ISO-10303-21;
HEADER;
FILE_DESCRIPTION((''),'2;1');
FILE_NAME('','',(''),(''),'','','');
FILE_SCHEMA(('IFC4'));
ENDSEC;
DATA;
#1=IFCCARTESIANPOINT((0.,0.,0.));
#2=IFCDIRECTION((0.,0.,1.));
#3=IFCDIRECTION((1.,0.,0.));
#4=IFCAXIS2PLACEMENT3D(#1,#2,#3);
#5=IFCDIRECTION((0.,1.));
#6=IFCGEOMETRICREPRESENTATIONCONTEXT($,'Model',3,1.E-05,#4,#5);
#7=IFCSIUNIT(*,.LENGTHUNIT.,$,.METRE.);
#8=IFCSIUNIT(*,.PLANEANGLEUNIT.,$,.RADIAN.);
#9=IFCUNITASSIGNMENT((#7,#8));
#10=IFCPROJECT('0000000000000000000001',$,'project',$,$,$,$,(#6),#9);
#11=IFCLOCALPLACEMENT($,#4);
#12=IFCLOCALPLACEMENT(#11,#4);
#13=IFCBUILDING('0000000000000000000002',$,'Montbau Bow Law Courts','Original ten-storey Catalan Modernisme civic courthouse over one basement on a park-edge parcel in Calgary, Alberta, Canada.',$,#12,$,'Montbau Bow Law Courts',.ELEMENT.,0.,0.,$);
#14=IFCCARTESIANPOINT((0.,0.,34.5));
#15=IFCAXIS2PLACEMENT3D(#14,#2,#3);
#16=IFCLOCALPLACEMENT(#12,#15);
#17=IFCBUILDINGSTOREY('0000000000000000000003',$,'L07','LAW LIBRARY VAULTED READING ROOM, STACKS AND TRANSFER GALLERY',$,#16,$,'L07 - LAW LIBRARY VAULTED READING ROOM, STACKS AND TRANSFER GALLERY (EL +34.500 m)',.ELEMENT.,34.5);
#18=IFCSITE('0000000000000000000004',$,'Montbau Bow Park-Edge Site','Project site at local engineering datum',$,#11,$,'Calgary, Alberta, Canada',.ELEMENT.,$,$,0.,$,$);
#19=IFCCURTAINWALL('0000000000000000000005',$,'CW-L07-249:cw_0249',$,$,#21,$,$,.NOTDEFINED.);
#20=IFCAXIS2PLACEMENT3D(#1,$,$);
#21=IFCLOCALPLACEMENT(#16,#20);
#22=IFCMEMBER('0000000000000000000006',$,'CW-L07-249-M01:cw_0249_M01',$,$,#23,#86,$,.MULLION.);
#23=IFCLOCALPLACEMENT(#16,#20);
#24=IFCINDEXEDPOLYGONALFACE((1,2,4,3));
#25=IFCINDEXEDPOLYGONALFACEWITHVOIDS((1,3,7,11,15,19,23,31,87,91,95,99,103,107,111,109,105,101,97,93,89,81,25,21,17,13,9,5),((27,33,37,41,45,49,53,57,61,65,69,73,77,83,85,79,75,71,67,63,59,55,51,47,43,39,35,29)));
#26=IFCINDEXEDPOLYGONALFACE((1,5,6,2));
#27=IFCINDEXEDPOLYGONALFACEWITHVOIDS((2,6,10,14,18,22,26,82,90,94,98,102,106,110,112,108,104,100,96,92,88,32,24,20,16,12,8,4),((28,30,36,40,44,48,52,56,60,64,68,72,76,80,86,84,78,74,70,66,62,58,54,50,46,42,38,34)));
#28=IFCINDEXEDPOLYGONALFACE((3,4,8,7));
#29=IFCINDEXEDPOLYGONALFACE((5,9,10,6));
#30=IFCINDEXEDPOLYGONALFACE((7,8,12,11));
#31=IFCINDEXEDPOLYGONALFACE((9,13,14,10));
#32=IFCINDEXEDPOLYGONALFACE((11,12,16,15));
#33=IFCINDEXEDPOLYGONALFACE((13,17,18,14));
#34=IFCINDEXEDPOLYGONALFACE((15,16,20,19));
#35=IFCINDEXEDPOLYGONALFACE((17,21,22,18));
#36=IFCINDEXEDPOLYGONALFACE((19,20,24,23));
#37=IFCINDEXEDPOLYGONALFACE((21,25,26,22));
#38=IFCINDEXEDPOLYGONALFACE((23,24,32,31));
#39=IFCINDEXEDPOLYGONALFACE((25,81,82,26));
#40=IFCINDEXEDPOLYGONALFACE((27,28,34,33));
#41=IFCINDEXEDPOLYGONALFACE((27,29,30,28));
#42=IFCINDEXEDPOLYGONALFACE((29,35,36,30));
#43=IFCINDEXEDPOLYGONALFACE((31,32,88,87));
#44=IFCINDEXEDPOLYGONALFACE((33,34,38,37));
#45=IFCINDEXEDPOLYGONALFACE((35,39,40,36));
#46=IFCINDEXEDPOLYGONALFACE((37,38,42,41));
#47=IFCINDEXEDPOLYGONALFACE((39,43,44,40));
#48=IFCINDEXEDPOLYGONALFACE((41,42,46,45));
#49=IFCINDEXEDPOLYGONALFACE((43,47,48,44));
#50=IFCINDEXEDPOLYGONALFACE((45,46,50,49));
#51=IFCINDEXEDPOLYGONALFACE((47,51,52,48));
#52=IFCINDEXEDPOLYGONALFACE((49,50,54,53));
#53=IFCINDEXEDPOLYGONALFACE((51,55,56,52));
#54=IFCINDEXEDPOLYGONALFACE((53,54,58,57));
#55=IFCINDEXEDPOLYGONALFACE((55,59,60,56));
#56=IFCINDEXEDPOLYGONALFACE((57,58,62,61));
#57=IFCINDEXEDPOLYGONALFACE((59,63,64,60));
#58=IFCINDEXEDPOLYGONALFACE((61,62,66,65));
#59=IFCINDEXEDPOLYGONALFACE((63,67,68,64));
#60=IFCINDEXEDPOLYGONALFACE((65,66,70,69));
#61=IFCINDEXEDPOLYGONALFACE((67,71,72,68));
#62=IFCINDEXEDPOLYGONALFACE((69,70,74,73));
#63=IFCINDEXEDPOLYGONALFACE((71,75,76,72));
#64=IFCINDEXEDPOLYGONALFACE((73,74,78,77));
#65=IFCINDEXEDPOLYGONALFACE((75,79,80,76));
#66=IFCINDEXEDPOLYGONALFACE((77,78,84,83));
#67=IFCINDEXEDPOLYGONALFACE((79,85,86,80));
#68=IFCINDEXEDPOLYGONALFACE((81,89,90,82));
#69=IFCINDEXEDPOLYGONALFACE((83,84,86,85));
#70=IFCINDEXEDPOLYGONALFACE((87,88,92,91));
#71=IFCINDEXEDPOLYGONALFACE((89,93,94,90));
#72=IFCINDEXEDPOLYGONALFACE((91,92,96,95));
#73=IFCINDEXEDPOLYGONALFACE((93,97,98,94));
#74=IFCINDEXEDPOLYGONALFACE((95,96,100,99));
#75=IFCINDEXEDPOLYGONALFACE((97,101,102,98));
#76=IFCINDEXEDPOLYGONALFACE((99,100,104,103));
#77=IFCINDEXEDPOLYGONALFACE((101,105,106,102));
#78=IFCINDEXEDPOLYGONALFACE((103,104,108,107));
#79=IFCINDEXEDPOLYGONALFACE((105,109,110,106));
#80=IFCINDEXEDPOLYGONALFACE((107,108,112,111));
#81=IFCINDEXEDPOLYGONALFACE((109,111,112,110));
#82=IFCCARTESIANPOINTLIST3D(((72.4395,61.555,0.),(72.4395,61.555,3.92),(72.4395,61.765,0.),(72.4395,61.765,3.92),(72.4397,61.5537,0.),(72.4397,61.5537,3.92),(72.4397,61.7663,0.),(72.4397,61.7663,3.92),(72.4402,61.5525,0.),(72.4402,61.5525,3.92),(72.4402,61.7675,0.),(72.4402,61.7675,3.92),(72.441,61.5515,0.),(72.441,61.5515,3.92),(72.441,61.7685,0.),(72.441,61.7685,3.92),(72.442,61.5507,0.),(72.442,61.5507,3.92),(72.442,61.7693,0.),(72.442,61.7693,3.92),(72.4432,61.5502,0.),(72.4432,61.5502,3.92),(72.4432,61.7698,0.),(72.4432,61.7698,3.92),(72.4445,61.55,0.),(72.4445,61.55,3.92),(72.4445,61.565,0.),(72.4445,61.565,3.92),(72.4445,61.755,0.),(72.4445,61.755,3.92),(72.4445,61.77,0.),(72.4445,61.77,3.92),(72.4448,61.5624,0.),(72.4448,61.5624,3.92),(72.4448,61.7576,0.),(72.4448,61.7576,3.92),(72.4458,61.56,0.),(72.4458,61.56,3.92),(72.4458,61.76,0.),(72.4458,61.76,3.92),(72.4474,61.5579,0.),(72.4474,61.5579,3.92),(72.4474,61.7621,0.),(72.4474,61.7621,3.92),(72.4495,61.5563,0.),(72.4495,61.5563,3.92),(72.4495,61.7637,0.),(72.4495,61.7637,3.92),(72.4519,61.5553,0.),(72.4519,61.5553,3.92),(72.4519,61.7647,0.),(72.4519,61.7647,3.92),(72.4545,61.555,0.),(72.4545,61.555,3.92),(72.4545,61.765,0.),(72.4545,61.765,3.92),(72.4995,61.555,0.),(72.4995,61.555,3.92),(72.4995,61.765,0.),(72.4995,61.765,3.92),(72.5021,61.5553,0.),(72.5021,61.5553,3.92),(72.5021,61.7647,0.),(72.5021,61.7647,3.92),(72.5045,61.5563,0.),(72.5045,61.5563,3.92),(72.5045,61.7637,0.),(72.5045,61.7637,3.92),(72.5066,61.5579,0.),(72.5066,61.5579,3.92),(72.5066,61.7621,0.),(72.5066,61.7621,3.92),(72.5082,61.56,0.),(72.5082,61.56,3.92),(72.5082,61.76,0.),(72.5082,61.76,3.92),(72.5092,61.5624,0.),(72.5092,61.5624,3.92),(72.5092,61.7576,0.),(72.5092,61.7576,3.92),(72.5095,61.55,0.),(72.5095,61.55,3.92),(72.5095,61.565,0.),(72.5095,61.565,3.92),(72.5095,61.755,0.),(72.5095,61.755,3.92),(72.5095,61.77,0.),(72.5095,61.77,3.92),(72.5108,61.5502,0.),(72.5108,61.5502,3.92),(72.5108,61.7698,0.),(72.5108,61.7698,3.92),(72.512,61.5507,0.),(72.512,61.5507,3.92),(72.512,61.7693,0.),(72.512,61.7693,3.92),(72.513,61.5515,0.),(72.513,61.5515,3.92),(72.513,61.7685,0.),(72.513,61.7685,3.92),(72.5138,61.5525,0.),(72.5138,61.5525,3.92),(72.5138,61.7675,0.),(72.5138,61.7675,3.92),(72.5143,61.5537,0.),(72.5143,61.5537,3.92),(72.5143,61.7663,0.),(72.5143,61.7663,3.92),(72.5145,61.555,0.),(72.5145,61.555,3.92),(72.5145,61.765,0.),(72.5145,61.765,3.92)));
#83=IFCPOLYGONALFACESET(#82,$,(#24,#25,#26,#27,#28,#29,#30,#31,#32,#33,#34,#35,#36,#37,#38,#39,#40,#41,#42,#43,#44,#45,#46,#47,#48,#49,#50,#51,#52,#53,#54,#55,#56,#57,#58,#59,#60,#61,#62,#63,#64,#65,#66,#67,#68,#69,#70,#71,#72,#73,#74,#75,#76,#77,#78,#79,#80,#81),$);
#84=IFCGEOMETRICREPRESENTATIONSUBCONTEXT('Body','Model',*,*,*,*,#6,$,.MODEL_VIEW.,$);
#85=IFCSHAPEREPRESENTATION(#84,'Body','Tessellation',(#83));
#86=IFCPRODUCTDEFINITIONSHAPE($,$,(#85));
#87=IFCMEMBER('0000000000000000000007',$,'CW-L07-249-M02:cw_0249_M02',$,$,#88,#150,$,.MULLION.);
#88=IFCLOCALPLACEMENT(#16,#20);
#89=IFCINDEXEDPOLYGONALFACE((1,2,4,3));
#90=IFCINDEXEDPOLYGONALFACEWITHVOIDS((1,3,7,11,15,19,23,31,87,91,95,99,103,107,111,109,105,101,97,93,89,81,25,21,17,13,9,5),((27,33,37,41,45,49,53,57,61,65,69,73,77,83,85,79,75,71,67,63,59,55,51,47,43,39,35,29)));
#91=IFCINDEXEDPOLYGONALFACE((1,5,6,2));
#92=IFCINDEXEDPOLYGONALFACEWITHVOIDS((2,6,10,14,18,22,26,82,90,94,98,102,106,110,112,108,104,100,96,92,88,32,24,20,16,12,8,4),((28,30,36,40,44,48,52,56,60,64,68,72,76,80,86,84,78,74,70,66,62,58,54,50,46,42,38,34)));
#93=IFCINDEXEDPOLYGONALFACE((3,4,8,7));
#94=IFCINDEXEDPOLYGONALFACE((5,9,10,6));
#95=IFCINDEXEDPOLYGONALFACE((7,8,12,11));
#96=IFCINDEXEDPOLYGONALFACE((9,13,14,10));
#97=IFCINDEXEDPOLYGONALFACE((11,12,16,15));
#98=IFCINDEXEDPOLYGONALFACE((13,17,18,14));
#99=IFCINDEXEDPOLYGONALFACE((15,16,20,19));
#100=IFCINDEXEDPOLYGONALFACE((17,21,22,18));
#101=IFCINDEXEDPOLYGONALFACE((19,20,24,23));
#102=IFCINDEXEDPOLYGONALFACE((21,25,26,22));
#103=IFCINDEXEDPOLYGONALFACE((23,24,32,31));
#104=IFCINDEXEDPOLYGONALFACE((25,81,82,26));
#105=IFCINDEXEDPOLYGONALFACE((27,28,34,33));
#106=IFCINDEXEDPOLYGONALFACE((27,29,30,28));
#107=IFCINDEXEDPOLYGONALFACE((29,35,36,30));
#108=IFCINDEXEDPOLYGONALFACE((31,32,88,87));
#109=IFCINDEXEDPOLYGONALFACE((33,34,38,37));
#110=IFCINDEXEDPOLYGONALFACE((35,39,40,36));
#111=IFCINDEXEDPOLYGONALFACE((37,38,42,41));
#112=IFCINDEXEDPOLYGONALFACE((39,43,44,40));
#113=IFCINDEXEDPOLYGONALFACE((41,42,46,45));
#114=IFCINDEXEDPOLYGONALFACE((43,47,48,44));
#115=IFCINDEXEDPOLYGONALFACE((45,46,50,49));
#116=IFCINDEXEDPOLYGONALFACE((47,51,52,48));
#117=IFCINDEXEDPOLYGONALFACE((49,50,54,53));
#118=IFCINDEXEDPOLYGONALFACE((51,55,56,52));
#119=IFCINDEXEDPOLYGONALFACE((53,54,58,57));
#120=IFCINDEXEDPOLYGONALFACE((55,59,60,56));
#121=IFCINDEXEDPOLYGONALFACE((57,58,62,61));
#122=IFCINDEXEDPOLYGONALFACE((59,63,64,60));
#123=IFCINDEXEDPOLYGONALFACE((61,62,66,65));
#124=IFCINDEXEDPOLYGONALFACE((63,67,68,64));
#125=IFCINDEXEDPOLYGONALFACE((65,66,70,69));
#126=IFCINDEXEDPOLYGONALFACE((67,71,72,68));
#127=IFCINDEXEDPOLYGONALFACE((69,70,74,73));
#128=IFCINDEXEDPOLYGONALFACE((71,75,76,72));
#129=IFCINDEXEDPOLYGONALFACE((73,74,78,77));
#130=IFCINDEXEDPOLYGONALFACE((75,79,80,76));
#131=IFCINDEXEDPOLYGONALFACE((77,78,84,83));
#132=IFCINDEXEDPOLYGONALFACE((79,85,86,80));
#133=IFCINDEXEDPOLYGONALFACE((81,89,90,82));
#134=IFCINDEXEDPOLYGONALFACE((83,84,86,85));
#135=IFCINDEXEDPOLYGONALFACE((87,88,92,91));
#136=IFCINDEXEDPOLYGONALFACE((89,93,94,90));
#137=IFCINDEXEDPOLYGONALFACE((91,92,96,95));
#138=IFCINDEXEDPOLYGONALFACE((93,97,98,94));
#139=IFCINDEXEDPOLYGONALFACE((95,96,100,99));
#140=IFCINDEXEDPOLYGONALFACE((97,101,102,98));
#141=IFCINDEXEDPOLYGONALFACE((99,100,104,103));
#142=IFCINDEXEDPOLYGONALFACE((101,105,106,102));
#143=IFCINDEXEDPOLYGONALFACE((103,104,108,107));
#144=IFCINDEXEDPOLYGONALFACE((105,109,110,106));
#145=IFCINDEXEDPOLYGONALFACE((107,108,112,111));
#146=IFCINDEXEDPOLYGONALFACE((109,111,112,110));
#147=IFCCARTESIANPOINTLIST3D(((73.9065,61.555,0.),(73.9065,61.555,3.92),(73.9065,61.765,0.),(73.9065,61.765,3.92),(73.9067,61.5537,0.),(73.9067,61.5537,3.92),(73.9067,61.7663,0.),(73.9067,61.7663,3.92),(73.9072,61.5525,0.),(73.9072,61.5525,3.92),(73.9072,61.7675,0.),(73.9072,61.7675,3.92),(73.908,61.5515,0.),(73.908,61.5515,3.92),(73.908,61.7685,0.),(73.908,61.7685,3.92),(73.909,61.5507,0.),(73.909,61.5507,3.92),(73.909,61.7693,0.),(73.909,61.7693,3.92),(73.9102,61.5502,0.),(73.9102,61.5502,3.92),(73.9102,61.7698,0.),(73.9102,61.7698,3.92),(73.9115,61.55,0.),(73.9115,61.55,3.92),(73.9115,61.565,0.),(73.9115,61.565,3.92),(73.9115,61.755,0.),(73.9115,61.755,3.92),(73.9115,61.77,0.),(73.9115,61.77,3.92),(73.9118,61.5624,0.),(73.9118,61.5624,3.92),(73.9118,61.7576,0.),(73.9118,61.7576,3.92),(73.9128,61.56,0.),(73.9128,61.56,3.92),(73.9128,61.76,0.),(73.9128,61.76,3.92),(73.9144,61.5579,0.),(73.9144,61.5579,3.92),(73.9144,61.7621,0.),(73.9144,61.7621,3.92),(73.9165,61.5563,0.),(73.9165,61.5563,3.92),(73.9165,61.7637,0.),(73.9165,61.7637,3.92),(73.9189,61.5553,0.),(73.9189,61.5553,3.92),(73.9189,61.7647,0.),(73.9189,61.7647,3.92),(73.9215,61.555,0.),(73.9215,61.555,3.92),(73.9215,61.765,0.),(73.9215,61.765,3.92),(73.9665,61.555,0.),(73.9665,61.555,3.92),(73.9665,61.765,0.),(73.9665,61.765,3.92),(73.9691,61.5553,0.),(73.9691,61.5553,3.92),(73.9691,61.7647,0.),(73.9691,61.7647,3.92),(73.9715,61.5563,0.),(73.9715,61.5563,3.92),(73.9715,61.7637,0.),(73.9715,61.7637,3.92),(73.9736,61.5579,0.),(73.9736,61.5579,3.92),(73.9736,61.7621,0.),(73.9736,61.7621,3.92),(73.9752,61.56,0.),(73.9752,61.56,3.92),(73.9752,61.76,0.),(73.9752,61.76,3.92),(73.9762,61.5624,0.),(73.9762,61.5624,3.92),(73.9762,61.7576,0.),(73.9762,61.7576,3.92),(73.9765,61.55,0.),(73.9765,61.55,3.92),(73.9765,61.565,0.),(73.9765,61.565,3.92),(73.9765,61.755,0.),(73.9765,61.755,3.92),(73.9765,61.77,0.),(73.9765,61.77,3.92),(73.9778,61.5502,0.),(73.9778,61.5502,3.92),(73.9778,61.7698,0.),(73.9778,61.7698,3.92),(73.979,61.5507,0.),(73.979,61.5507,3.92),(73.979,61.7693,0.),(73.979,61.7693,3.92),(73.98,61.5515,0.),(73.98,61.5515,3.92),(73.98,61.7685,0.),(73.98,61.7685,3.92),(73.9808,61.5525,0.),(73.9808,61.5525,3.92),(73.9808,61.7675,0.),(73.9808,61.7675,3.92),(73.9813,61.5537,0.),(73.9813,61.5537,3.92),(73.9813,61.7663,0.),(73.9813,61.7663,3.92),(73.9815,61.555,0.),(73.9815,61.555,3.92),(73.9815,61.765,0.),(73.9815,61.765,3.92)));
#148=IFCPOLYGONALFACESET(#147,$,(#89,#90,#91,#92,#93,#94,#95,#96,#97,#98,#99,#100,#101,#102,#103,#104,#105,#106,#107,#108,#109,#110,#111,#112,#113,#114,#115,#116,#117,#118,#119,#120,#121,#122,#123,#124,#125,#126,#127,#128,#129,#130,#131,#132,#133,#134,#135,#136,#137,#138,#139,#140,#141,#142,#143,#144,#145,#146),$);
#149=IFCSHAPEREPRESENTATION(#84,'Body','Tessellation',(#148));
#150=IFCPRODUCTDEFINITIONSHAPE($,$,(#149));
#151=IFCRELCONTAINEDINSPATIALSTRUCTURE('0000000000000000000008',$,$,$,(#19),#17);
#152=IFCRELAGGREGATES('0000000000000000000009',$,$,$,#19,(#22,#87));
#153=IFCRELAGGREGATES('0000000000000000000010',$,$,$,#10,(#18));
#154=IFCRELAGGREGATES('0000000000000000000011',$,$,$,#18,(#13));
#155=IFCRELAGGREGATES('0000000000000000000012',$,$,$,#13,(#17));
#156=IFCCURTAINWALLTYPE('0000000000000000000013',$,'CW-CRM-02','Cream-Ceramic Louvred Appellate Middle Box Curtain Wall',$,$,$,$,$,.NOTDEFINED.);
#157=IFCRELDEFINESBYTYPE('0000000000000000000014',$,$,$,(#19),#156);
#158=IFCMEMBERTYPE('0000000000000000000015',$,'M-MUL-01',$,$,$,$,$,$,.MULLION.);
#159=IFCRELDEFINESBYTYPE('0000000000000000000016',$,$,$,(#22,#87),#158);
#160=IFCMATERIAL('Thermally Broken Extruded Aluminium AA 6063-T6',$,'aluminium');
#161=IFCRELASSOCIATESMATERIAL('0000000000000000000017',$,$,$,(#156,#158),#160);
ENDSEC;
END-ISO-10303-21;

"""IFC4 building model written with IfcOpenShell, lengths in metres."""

from ifc_helpers import new_model, si_unit, direction, frame, origin_with_axes, origin_2d_with_axis, place, context, subcontext, project, spatial, hollow_rectangle, extrude, material, material_profile, profile_set, type_object, element, aggregate, save


model = new_model("IFC4")

# Units and contexts
model_context = context("Model", 3, precision=1e-05, world=origin_with_axes(), true_north=direction((0.0, 1.0)))
body_context = subcontext(model_context, "Body", "Model", "MODEL_VIEW")
ifc_project = project(units=[si_unit("LENGTHUNIT", "METRE"), si_unit("PLANEANGLEUNIT", "RADIAN")], contexts=[model_context])

# Site, building, storey
site_placement = place(None, origin_with_axes())
site = spatial("IfcSite", under=ifc_project, at=site_placement, Name="Montbau Bow Park-Edge Site", Description="Project site at local engineering datum", LongName="Calgary, Alberta, Canada", CompositionType="ELEMENT", RefElevation=0.0)
building_placement = place(site_placement, origin_with_axes())
building = spatial("IfcBuilding", under=site, at=building_placement, Name="Montbau Bow Law Courts", Description="Original ten-storey Catalan Modernisme civic courthouse over one basement on a park-edge parcel in Calgary, Alberta, Canada.", LongName="Montbau Bow Law Courts", CompositionType="ELEMENT", ElevationOfRefHeight=0.0, ElevationOfTerrain=0.0)
storey_placement = place(building_placement, frame((0.0, 0.0, 34.5), z_axis=(0.0, 0.0, 1.0), x_axis=(1.0, 0.0, 0.0)))
storey = spatial("IfcBuildingStorey", under=building, at=storey_placement, Name="L07", Description="LAW LIBRARY VAULTED READING ROOM, STACKS AND TRANSFER GALLERY", LongName="L07 - LAW LIBRARY VAULTED READING ROOM, STACKS AND TRANSFER GALLERY (EL +34.500 m)", CompositionType="ELEMENT", Elevation=34.5)

# Curtain wall, members
ifc_material_1 = material(Name="Thermally Broken Extruded Aluminium AA 6063-T6", Category="aluminium")
curtain_wall_type = type_object("IfcCurtainWallType", Name="CW-CRM-02", Description="Cream-Ceramic Louvred Appellate Middle Box Curtain Wall", PredefinedType="NOTDEFINED", material=ifc_material_1)
curtain_wall_1_placement = place(None, frame((72.44, 61.66, 34.5), z_axis=(0.0, 0.0, 1.0), x_axis=(1.0, 0.0, 0.0)))
curtain_wall_1 = element("IfcCurtainWall", 1, at=curtain_wall_1_placement, inside=storey, type_object=curtain_wall_type, Name="CW-L07-249:cw_0249", PredefinedType="NOTDEFINED")
ifc_material_profile_1 = material_profile(ifc_material_1, hollow_rectangle(XDim=0.075, YDim=0.22, WallThickness=0.005, InnerFilletRadius=0.01, OuterFilletRadius=0.005, at=origin_2d_with_axis()), Name="CWM-220X75", Category="Main", Priority=0)
ifc_profile_set_1 = profile_set([ifc_material_profile_1], Name="Thermally Broken Extruded Aluminium AA 6063-T6")
member_type_1 = type_object("IfcMemberType", Name="M-MUL-01", PredefinedType="MULLION", material=ifc_profile_set_1)
member_1_placement = place(None, frame((72.477, 61.66, 34.5), z_axis=(0.0, 0.0, 1.0), x_axis=(1.0, 0.0, 0.0)))
member_1 = element("IfcMember", 2, at=member_1_placement, type_object=member_type_1, Name="CW-L07-249-M01:cw_0249_M01", PredefinedType="MULLION", context=body_context, shape_type="SweptSolid", body=[
    extrude(hollow_rectangle(XDim=0.075, YDim=0.22, WallThickness=0.005, InnerFilletRadius=0.01, OuterFilletRadius=0.005, at=origin_2d_with_axis()), origin_with_axes(), (0.0, 0.0, 1.0), 3.92),
])
member_2_placement = place(None, frame((73.944, 61.66, 34.5), z_axis=(0.0, 0.0, 1.0), x_axis=(1.0, 0.0, 0.0)))
member_2 = element("IfcMember", 3, at=member_2_placement, type_object=member_type_1, Name="CW-L07-249-M02:cw_0249_M02", PredefinedType="MULLION", context=body_context, shape_type="SweptSolid", body=[
    extrude(hollow_rectangle(XDim=0.075, YDim=0.22, WallThickness=0.005, InnerFilletRadius=0.01, OuterFilletRadius=0.005, at=origin_2d_with_axis()), origin_with_axes(), (0.0, 0.0, 1.0), 3.92),
])

aggregate(curtain_wall_1, [member_1, member_2])

save(model, "model.ifc")
